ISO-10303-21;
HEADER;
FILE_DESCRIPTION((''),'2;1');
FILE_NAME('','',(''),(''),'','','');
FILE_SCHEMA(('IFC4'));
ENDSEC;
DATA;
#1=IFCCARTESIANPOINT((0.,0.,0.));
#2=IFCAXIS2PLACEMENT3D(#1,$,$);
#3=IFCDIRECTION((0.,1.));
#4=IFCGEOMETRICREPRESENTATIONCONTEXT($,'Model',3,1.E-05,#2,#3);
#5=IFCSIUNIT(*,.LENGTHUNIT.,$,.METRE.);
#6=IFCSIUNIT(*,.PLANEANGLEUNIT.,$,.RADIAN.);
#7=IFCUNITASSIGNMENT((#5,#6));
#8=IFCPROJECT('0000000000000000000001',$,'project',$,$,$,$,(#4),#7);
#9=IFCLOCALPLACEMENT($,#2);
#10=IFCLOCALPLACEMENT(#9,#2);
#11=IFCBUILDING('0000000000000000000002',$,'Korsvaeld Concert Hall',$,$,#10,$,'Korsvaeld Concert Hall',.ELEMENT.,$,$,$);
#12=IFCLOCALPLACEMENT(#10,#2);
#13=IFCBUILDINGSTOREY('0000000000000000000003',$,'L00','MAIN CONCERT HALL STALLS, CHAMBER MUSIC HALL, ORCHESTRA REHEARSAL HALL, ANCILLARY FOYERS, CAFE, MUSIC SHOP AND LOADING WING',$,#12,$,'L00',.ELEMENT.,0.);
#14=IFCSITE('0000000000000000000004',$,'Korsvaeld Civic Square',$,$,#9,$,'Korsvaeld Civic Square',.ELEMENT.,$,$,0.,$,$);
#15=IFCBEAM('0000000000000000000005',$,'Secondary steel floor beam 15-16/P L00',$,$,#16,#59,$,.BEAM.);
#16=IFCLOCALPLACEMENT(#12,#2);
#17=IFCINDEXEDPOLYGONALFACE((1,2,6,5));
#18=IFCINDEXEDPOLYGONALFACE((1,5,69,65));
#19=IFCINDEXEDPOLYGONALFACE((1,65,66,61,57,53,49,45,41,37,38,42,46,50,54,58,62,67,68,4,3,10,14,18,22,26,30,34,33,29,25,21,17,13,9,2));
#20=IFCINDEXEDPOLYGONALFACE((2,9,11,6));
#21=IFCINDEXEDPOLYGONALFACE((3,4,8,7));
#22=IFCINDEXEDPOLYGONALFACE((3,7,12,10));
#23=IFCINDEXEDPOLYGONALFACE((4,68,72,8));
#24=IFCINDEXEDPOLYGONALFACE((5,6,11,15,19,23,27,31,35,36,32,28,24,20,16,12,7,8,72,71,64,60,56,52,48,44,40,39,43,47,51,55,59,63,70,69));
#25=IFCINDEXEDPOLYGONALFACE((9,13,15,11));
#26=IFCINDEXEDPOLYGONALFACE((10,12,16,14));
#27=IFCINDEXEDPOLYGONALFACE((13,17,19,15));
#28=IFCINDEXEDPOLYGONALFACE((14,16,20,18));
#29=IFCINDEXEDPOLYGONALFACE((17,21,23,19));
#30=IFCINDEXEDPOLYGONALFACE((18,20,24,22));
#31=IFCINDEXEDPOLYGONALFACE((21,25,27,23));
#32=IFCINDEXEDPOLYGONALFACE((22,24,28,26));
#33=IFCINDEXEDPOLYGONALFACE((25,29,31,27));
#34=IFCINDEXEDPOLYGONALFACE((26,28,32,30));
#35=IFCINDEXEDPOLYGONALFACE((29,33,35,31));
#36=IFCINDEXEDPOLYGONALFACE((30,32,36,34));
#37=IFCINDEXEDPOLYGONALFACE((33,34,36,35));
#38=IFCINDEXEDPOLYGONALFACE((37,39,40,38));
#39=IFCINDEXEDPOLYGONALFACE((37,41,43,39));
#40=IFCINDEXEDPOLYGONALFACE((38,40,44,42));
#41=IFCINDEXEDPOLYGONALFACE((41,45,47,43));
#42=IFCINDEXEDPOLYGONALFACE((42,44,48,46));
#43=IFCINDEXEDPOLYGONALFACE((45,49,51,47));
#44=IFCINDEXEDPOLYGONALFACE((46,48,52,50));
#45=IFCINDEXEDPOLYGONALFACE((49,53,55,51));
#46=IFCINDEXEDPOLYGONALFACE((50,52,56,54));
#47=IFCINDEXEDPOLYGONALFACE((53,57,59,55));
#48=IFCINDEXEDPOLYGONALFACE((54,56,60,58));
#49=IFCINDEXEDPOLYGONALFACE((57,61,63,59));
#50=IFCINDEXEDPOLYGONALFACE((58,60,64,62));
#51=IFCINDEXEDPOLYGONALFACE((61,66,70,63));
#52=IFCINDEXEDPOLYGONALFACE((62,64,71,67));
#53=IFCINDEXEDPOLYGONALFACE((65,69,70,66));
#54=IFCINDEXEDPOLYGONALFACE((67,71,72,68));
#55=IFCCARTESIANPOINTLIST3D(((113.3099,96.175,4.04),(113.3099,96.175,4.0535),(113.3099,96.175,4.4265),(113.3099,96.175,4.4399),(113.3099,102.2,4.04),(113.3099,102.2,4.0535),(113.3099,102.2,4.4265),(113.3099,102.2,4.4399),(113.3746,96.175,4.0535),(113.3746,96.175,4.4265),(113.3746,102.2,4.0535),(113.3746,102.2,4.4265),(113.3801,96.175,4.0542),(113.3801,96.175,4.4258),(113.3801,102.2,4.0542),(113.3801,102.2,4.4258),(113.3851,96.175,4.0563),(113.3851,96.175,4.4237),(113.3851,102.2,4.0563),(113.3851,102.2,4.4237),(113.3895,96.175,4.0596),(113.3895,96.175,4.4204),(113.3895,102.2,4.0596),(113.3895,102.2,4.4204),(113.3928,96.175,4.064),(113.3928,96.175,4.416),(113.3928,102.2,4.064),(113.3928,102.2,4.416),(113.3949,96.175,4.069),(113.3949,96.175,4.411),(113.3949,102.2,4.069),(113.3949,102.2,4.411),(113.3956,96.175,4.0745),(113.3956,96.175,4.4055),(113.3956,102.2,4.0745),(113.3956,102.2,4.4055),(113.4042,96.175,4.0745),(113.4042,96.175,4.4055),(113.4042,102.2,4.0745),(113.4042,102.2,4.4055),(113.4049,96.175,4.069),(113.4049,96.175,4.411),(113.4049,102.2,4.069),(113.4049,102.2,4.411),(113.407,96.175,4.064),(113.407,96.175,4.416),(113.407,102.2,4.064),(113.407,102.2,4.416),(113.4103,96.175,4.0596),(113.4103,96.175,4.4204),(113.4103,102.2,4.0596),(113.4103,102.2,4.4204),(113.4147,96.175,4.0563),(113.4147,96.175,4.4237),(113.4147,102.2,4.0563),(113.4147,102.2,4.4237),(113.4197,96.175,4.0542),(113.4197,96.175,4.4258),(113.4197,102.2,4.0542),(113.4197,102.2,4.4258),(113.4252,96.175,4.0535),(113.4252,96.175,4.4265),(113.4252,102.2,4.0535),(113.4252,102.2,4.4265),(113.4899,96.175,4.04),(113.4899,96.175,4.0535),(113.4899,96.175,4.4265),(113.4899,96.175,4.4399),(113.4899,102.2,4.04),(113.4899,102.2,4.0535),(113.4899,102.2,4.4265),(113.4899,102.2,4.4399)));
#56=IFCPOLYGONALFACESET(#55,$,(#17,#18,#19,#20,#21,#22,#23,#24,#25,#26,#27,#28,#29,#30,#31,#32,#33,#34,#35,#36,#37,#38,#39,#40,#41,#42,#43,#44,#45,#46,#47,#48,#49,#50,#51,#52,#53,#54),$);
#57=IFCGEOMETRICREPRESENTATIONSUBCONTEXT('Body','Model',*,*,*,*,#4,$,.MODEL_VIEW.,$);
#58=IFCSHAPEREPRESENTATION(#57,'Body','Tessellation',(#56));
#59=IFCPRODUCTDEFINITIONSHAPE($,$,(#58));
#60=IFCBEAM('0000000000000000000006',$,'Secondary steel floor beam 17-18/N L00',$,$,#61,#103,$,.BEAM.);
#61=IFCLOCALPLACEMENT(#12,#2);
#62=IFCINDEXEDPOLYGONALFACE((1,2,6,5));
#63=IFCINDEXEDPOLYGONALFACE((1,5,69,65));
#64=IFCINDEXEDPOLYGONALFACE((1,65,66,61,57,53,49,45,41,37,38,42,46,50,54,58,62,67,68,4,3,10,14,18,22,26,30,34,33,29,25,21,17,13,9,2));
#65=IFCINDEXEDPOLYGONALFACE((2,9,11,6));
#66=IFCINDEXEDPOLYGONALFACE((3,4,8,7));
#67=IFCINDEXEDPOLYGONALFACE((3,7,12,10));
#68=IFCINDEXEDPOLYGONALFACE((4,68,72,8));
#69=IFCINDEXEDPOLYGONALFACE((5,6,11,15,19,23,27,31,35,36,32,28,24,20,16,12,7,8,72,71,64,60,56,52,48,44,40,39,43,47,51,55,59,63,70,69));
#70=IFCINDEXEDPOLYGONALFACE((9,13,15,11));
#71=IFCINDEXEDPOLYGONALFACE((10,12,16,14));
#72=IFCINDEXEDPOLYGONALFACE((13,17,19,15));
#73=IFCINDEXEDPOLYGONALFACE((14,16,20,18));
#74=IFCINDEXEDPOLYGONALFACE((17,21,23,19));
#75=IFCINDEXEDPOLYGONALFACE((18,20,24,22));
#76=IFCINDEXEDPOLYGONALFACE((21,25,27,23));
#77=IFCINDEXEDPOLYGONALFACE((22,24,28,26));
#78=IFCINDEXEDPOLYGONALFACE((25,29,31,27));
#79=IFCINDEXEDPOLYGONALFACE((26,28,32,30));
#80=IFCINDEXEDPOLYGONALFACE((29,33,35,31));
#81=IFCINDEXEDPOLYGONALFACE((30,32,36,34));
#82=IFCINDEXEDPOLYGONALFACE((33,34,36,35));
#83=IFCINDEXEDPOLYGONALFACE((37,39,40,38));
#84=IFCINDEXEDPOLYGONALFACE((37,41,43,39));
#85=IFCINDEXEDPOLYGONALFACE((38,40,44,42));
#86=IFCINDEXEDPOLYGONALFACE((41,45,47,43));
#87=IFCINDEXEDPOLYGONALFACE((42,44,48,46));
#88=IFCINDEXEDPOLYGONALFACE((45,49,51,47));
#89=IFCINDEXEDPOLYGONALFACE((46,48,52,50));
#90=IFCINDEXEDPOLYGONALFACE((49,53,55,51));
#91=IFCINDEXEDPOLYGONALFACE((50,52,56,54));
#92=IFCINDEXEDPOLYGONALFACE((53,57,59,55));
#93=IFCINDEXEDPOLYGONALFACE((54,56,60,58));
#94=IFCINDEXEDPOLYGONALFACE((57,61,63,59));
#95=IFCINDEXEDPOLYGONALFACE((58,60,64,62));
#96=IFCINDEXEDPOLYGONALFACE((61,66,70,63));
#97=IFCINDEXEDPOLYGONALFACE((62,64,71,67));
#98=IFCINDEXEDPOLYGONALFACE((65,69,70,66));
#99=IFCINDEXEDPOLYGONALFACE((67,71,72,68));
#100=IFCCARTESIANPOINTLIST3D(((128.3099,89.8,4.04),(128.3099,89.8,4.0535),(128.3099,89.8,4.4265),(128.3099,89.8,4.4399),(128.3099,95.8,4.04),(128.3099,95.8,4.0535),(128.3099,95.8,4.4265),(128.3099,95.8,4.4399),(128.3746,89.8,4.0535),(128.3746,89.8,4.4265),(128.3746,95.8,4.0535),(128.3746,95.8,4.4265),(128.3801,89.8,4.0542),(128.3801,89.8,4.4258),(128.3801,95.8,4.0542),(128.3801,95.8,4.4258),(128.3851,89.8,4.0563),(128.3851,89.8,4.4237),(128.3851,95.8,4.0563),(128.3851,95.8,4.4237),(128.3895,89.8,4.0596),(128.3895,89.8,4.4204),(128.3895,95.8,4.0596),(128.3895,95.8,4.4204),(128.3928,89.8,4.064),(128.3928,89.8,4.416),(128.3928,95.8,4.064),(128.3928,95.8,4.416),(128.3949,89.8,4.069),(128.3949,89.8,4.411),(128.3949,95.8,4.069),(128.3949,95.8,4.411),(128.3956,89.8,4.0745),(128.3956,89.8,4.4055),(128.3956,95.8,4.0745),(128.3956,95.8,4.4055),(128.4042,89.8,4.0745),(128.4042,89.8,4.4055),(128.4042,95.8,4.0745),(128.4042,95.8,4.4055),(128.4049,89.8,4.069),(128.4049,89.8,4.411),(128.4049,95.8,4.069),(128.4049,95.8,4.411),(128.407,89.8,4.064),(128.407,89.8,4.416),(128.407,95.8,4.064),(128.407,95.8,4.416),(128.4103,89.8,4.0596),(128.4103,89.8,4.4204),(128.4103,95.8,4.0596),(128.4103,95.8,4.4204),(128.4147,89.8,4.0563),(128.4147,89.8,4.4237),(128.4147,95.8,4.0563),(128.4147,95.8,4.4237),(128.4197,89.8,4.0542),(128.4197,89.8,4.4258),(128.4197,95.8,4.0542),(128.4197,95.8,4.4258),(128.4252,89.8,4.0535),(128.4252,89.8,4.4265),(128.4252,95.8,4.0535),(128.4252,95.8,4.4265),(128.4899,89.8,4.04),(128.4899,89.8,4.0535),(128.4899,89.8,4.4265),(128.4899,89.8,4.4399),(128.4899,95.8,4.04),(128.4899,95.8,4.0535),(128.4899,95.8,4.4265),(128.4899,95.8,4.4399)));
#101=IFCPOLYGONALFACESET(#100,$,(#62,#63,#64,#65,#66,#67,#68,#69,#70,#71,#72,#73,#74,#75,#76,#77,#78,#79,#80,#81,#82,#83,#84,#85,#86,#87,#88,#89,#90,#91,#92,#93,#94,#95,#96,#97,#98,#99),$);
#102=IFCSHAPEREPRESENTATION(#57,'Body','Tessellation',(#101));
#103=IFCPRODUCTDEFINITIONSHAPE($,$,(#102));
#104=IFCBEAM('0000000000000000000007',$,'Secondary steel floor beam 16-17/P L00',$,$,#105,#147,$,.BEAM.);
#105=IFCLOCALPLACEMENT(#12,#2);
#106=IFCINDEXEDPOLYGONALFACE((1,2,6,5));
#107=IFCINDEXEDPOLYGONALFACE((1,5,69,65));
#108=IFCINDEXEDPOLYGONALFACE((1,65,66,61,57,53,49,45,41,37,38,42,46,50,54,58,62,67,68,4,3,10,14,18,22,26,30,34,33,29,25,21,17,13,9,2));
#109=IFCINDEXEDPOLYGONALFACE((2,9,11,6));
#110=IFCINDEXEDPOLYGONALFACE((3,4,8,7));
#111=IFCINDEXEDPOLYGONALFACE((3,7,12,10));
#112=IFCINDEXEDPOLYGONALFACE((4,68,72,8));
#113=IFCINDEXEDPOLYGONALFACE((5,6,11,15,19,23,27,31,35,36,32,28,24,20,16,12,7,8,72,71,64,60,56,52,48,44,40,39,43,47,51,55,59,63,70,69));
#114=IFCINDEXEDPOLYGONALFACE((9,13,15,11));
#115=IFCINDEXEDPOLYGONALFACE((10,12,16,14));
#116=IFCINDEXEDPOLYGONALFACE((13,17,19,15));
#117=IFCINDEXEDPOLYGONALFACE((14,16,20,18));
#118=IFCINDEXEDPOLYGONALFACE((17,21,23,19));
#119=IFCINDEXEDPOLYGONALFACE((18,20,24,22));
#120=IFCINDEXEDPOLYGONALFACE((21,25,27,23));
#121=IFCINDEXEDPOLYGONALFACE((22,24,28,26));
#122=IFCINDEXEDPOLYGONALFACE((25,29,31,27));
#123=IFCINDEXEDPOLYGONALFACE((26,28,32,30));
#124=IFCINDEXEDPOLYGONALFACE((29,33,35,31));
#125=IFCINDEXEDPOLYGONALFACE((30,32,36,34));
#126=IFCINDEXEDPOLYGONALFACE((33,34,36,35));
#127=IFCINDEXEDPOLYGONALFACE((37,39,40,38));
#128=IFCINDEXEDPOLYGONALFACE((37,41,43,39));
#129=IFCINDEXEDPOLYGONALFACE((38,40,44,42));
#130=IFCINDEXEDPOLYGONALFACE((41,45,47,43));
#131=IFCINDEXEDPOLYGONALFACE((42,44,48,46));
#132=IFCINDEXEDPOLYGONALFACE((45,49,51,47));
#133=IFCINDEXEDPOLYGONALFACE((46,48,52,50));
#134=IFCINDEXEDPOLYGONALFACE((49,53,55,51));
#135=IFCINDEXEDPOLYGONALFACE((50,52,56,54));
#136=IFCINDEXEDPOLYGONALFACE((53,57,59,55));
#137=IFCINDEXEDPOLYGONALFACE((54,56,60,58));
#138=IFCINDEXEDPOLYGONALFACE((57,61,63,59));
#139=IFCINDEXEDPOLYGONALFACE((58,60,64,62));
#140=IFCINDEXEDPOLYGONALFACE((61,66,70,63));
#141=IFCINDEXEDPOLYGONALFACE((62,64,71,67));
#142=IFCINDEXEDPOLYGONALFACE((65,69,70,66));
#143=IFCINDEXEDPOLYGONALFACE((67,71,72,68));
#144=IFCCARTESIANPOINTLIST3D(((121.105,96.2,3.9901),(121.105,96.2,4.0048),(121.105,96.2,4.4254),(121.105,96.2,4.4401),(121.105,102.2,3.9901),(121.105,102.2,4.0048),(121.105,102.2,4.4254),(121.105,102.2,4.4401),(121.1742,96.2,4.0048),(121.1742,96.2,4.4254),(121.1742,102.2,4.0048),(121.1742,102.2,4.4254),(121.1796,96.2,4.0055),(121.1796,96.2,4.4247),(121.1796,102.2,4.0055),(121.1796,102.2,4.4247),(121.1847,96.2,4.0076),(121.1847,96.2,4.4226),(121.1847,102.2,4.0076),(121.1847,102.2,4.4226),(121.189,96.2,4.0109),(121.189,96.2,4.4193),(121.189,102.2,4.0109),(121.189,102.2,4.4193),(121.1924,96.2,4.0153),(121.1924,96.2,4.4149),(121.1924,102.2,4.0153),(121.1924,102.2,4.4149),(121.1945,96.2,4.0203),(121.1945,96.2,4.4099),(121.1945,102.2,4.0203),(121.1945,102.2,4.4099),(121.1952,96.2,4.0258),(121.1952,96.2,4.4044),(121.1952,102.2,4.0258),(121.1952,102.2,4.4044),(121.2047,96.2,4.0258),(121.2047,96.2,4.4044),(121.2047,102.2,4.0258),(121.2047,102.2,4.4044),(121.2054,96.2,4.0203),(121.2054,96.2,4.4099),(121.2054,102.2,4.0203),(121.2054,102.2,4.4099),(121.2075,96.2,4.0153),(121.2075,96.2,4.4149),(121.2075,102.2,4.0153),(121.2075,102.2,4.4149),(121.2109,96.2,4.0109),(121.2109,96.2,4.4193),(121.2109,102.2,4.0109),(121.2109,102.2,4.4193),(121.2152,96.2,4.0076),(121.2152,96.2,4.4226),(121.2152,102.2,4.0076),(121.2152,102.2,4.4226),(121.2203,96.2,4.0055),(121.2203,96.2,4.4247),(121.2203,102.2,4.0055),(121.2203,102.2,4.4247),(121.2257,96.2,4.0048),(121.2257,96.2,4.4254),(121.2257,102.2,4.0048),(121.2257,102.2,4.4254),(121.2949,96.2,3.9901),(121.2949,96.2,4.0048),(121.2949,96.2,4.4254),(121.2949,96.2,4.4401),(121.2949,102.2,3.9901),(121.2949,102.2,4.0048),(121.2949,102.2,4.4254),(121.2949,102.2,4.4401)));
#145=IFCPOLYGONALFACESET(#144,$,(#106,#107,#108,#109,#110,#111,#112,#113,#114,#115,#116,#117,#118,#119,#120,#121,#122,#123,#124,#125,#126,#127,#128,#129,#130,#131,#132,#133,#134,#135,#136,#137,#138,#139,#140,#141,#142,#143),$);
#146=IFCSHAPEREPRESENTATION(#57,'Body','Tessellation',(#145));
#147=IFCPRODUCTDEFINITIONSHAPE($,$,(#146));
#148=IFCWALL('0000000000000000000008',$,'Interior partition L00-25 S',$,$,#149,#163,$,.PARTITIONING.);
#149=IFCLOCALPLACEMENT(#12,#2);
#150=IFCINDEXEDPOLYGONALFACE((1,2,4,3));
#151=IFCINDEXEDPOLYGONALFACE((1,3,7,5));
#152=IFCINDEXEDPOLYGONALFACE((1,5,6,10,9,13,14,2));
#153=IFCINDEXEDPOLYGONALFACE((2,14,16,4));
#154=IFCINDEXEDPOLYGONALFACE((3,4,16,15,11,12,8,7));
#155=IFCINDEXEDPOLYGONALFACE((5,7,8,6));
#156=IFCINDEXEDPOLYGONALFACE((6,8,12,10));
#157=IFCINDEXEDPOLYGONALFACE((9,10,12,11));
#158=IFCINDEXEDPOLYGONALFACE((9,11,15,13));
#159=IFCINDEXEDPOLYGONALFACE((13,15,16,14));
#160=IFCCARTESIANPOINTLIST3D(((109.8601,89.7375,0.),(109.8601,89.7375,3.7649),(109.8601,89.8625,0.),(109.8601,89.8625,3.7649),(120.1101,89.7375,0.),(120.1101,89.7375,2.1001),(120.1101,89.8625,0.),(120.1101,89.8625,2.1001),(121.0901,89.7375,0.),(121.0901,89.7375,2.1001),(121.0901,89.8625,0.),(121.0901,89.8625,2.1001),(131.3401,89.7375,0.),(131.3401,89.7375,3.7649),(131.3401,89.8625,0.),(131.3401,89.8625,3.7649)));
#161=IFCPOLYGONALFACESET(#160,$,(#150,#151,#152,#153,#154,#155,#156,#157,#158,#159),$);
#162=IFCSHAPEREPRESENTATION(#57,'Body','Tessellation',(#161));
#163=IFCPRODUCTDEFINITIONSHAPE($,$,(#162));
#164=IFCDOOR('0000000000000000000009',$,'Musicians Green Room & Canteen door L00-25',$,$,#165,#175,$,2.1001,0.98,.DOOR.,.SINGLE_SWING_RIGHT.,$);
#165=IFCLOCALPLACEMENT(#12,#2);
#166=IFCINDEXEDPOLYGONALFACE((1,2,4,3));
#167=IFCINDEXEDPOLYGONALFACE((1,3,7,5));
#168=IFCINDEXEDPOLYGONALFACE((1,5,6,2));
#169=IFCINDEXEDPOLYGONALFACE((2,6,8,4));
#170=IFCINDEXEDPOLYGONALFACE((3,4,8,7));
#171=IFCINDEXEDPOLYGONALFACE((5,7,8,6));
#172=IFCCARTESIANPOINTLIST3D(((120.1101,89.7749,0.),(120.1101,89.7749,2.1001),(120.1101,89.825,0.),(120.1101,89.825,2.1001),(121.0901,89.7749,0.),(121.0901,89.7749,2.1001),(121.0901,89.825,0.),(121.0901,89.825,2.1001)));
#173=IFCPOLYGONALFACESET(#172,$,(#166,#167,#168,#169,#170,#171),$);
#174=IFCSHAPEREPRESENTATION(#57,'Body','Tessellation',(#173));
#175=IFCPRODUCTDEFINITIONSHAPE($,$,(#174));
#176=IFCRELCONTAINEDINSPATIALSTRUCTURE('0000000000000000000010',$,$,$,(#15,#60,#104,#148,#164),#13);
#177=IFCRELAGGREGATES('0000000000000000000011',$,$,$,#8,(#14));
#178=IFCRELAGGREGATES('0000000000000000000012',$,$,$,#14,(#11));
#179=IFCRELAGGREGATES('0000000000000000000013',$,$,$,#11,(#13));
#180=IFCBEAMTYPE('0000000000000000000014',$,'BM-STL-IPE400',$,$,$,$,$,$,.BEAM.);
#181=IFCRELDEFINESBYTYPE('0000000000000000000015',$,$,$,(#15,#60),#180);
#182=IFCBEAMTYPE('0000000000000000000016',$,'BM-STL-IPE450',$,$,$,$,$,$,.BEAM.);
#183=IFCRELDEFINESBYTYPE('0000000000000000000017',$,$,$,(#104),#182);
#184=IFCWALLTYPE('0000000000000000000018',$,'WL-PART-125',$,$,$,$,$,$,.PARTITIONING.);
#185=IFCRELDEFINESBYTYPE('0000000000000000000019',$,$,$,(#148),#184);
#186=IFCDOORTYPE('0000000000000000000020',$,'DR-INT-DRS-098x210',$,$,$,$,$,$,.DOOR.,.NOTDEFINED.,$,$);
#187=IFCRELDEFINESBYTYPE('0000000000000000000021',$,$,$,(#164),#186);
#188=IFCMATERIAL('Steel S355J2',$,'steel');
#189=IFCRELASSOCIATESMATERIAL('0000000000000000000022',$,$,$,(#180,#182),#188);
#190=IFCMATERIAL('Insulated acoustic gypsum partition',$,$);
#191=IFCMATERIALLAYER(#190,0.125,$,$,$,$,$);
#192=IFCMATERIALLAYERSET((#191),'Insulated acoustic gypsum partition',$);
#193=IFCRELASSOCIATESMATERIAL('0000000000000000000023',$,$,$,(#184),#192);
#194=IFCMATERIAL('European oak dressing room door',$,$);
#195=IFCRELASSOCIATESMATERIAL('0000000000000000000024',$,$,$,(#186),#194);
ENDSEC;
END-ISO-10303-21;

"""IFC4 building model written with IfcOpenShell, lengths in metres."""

from ifc_helpers import new_model, si_unit, direction, frame, frame_2d, origin, origin_2d, place, context, subcontext, project, spatial, rectangle, i_section, extrude, material, layer, layer_set, material_profile, profile_set, type_object, element, fill, save


model = new_model("IFC4")

# Units and contexts
model_context = context("Model", 3, precision=1e-05, world=origin(), true_north=direction((0.0, 1.0)))
body_context = subcontext(model_context, "Body", "Model", "MODEL_VIEW")
ifc_project = project(units=[si_unit("LENGTHUNIT", "METRE"), si_unit("PLANEANGLEUNIT", "RADIAN")], contexts=[model_context])

# Site, building, storey
site_placement = place(None, origin())
site = spatial("IfcSite", under=ifc_project, at=site_placement, Name="Korsvaeld Civic Square", LongName="Korsvaeld Civic Square", CompositionType="ELEMENT", RefElevation=0.0)
building_placement = place(site_placement, origin())
building = spatial("IfcBuilding", under=site, at=building_placement, Name="Korsvaeld Concert Hall", LongName="Korsvaeld Concert Hall", CompositionType="ELEMENT")
storey_placement = place(building_placement, origin())
storey = spatial("IfcBuildingStorey", under=building, at=storey_placement, Name="L00", Description="MAIN CONCERT HALL STALLS, CHAMBER MUSIC HALL, ORCHESTRA REHEARSAL HALL, ANCILLARY FOYERS, CAFE, MUSIC SHOP AND LOADING WING", LongName="L00", CompositionType="ELEMENT", Elevation=0.0)

# Beams
ifc_material_1 = material(Name="Steel S355J2", Category="steel")
ifc_material_profile_1 = material_profile(ifc_material_1, i_section(OverallWidth=0.1799, OverallDepth=0.3999, WebThickness=0.0085, FlangeThickness=0.0134, FilletRadius=0.021, at=origin_2d()), Name="IPE 400")
ifc_profile_set_1 = profile_set([ifc_material_profile_1], Name="Steel S355J2")
beam_type_1 = type_object("IfcBeamType", Name="BM-STL-IPE400", PredefinedType="BEAM", material=ifc_profile_set_1)
beam_1_placement = place(storey_placement, frame((113.3999, 96.175, 4.24), z_axis=(0.0, 1.0, 0.0), x_axis=(-1.0, 0.0, 0.0)))
element("IfcBeam", 1, at=beam_1_placement, inside=storey, type_object=beam_type_1, Name="Secondary steel floor beam 15-16/P L00", PredefinedType="BEAM", context=body_context, shape_type="SweptSolid", body=[
    extrude(i_section(OverallWidth=0.1799, OverallDepth=0.3999, WebThickness=0.0085, FlangeThickness=0.0134, FilletRadius=0.021, at=origin_2d()), origin(), (0.0, 0.0, 1.0), 6.0249),
])
beam_2_placement = place(storey_placement, frame((128.3999, 89.8, 4.24), z_axis=(0.0, 1.0, 0.0), x_axis=(-1.0, 0.0, 0.0)))
element("IfcBeam", 2, at=beam_2_placement, inside=storey, type_object=beam_type_1, Name="Secondary steel floor beam 17-18/N L00", PredefinedType="BEAM", context=body_context, shape_type="SweptSolid", body=[
    extrude(i_section(OverallWidth=0.1799, OverallDepth=0.3999, WebThickness=0.0085, FlangeThickness=0.0134, FilletRadius=0.021, at=origin_2d()), origin(), (0.0, 0.0, 1.0), 6.0),
])
ifc_material_profile_2 = material_profile(ifc_material_1, i_section(OverallWidth=0.1899, OverallDepth=0.45, WebThickness=0.0095, FlangeThickness=0.0146, FilletRadius=0.021, at=origin_2d()), Name="IPE 450")
ifc_profile_set_2 = profile_set([ifc_material_profile_2], Name="Steel S355J2")
beam_type_2 = type_object("IfcBeamType", Name="BM-STL-IPE450", PredefinedType="BEAM", material=ifc_profile_set_2)
beam_3_placement = place(storey_placement, frame((121.2, 96.2, 4.2151), z_axis=(0.0, 1.0, 0.0), x_axis=(-1.0, 0.0, 0.0)))
element("IfcBeam", 3, at=beam_3_placement, inside=storey, type_object=beam_type_2, Name="Secondary steel floor beam 16-17/P L00", PredefinedType="BEAM", context=body_context, shape_type="SweptSolid", body=[
    extrude(i_section(OverallWidth=0.1899, OverallDepth=0.45, WebThickness=0.0095, FlangeThickness=0.0146, FilletRadius=0.021, at=origin_2d()), origin(), (0.0, 0.0, 1.0), 6.0),
])

# Wall, opening, door
ifc_material_2 = material(Name="Insulated acoustic gypsum partition")
ifc_layer = layer(ifc_material_2, 0.125)
ifc_layer_set = layer_set([ifc_layer], Name="Insulated acoustic gypsum partition")
wall_type = type_object("IfcWallType", Name="WL-PART-125", PredefinedType="PARTITIONING", material=ifc_layer_set)
wall_1_placement = place(storey_placement, frame((109.8601, 89.8, 0.0), z_axis=(0.0, 0.0, 1.0), x_axis=(1.0, 0.0, 0.0)))
wall_1 = element("IfcWall", 4, at=wall_1_placement, inside=storey, type_object=wall_type, Name="Interior partition L00-25 S", PredefinedType="PARTITIONING", context=body_context, shape_type="SweptSolid", body=[
    extrude(rectangle(XDim=21.48, YDim=0.125, at=frame_2d((10.74, 0.0))), origin(), (0.0, 0.0, 1.0), 3.7649),
])
opening_placement = place(wall_1_placement, frame((10.25, 0.0, 0.0)))
opening = element("IfcOpeningElement", 5, at=opening_placement, cuts=wall_1, PredefinedType="OPENING", context=body_context, shape_type="SweptSolid", body=[
    extrude(rectangle(XDim=0.98, YDim=2.1001, at=frame_2d((0.49, 1.05))), frame((0.0, 0.0725, 0.0), z_axis=(0.0, -1.0, 0.0), x_axis=(1.0, 0.0, 0.0)), (0.0, 0.0, 1.0), 0.145),
])
ifc_material_3 = material(Name="European oak dressing room door")
door_type = type_object("IfcDoorType", Name="DR-INT-DRS-098x210", OperationType="NOTDEFINED", PredefinedType="DOOR", material=ifc_material_3)
door_placement = place(opening_placement, origin())
door = element("IfcDoor", 6, at=door_placement, inside=storey, type_object=door_type, Name="Musicians Green Room & Canteen door L00-25", OperationType="SINGLE_SWING_RIGHT", OverallHeight=2.1001, OverallWidth=0.98, PredefinedType="DOOR", context=body_context, shape_type="SweptSolid", body=[
    extrude(rectangle(XDim=0.98, YDim=2.1001, at=frame_2d((0.49, 1.05))), frame((0.0, 0.0249, 0.0), z_axis=(0.0, -1.0, 0.0), x_axis=(1.0, 0.0, 0.0)), (0.0, 0.0, 1.0), 0.05),
])
fill(opening, door)

save(model, "model.ifc")
